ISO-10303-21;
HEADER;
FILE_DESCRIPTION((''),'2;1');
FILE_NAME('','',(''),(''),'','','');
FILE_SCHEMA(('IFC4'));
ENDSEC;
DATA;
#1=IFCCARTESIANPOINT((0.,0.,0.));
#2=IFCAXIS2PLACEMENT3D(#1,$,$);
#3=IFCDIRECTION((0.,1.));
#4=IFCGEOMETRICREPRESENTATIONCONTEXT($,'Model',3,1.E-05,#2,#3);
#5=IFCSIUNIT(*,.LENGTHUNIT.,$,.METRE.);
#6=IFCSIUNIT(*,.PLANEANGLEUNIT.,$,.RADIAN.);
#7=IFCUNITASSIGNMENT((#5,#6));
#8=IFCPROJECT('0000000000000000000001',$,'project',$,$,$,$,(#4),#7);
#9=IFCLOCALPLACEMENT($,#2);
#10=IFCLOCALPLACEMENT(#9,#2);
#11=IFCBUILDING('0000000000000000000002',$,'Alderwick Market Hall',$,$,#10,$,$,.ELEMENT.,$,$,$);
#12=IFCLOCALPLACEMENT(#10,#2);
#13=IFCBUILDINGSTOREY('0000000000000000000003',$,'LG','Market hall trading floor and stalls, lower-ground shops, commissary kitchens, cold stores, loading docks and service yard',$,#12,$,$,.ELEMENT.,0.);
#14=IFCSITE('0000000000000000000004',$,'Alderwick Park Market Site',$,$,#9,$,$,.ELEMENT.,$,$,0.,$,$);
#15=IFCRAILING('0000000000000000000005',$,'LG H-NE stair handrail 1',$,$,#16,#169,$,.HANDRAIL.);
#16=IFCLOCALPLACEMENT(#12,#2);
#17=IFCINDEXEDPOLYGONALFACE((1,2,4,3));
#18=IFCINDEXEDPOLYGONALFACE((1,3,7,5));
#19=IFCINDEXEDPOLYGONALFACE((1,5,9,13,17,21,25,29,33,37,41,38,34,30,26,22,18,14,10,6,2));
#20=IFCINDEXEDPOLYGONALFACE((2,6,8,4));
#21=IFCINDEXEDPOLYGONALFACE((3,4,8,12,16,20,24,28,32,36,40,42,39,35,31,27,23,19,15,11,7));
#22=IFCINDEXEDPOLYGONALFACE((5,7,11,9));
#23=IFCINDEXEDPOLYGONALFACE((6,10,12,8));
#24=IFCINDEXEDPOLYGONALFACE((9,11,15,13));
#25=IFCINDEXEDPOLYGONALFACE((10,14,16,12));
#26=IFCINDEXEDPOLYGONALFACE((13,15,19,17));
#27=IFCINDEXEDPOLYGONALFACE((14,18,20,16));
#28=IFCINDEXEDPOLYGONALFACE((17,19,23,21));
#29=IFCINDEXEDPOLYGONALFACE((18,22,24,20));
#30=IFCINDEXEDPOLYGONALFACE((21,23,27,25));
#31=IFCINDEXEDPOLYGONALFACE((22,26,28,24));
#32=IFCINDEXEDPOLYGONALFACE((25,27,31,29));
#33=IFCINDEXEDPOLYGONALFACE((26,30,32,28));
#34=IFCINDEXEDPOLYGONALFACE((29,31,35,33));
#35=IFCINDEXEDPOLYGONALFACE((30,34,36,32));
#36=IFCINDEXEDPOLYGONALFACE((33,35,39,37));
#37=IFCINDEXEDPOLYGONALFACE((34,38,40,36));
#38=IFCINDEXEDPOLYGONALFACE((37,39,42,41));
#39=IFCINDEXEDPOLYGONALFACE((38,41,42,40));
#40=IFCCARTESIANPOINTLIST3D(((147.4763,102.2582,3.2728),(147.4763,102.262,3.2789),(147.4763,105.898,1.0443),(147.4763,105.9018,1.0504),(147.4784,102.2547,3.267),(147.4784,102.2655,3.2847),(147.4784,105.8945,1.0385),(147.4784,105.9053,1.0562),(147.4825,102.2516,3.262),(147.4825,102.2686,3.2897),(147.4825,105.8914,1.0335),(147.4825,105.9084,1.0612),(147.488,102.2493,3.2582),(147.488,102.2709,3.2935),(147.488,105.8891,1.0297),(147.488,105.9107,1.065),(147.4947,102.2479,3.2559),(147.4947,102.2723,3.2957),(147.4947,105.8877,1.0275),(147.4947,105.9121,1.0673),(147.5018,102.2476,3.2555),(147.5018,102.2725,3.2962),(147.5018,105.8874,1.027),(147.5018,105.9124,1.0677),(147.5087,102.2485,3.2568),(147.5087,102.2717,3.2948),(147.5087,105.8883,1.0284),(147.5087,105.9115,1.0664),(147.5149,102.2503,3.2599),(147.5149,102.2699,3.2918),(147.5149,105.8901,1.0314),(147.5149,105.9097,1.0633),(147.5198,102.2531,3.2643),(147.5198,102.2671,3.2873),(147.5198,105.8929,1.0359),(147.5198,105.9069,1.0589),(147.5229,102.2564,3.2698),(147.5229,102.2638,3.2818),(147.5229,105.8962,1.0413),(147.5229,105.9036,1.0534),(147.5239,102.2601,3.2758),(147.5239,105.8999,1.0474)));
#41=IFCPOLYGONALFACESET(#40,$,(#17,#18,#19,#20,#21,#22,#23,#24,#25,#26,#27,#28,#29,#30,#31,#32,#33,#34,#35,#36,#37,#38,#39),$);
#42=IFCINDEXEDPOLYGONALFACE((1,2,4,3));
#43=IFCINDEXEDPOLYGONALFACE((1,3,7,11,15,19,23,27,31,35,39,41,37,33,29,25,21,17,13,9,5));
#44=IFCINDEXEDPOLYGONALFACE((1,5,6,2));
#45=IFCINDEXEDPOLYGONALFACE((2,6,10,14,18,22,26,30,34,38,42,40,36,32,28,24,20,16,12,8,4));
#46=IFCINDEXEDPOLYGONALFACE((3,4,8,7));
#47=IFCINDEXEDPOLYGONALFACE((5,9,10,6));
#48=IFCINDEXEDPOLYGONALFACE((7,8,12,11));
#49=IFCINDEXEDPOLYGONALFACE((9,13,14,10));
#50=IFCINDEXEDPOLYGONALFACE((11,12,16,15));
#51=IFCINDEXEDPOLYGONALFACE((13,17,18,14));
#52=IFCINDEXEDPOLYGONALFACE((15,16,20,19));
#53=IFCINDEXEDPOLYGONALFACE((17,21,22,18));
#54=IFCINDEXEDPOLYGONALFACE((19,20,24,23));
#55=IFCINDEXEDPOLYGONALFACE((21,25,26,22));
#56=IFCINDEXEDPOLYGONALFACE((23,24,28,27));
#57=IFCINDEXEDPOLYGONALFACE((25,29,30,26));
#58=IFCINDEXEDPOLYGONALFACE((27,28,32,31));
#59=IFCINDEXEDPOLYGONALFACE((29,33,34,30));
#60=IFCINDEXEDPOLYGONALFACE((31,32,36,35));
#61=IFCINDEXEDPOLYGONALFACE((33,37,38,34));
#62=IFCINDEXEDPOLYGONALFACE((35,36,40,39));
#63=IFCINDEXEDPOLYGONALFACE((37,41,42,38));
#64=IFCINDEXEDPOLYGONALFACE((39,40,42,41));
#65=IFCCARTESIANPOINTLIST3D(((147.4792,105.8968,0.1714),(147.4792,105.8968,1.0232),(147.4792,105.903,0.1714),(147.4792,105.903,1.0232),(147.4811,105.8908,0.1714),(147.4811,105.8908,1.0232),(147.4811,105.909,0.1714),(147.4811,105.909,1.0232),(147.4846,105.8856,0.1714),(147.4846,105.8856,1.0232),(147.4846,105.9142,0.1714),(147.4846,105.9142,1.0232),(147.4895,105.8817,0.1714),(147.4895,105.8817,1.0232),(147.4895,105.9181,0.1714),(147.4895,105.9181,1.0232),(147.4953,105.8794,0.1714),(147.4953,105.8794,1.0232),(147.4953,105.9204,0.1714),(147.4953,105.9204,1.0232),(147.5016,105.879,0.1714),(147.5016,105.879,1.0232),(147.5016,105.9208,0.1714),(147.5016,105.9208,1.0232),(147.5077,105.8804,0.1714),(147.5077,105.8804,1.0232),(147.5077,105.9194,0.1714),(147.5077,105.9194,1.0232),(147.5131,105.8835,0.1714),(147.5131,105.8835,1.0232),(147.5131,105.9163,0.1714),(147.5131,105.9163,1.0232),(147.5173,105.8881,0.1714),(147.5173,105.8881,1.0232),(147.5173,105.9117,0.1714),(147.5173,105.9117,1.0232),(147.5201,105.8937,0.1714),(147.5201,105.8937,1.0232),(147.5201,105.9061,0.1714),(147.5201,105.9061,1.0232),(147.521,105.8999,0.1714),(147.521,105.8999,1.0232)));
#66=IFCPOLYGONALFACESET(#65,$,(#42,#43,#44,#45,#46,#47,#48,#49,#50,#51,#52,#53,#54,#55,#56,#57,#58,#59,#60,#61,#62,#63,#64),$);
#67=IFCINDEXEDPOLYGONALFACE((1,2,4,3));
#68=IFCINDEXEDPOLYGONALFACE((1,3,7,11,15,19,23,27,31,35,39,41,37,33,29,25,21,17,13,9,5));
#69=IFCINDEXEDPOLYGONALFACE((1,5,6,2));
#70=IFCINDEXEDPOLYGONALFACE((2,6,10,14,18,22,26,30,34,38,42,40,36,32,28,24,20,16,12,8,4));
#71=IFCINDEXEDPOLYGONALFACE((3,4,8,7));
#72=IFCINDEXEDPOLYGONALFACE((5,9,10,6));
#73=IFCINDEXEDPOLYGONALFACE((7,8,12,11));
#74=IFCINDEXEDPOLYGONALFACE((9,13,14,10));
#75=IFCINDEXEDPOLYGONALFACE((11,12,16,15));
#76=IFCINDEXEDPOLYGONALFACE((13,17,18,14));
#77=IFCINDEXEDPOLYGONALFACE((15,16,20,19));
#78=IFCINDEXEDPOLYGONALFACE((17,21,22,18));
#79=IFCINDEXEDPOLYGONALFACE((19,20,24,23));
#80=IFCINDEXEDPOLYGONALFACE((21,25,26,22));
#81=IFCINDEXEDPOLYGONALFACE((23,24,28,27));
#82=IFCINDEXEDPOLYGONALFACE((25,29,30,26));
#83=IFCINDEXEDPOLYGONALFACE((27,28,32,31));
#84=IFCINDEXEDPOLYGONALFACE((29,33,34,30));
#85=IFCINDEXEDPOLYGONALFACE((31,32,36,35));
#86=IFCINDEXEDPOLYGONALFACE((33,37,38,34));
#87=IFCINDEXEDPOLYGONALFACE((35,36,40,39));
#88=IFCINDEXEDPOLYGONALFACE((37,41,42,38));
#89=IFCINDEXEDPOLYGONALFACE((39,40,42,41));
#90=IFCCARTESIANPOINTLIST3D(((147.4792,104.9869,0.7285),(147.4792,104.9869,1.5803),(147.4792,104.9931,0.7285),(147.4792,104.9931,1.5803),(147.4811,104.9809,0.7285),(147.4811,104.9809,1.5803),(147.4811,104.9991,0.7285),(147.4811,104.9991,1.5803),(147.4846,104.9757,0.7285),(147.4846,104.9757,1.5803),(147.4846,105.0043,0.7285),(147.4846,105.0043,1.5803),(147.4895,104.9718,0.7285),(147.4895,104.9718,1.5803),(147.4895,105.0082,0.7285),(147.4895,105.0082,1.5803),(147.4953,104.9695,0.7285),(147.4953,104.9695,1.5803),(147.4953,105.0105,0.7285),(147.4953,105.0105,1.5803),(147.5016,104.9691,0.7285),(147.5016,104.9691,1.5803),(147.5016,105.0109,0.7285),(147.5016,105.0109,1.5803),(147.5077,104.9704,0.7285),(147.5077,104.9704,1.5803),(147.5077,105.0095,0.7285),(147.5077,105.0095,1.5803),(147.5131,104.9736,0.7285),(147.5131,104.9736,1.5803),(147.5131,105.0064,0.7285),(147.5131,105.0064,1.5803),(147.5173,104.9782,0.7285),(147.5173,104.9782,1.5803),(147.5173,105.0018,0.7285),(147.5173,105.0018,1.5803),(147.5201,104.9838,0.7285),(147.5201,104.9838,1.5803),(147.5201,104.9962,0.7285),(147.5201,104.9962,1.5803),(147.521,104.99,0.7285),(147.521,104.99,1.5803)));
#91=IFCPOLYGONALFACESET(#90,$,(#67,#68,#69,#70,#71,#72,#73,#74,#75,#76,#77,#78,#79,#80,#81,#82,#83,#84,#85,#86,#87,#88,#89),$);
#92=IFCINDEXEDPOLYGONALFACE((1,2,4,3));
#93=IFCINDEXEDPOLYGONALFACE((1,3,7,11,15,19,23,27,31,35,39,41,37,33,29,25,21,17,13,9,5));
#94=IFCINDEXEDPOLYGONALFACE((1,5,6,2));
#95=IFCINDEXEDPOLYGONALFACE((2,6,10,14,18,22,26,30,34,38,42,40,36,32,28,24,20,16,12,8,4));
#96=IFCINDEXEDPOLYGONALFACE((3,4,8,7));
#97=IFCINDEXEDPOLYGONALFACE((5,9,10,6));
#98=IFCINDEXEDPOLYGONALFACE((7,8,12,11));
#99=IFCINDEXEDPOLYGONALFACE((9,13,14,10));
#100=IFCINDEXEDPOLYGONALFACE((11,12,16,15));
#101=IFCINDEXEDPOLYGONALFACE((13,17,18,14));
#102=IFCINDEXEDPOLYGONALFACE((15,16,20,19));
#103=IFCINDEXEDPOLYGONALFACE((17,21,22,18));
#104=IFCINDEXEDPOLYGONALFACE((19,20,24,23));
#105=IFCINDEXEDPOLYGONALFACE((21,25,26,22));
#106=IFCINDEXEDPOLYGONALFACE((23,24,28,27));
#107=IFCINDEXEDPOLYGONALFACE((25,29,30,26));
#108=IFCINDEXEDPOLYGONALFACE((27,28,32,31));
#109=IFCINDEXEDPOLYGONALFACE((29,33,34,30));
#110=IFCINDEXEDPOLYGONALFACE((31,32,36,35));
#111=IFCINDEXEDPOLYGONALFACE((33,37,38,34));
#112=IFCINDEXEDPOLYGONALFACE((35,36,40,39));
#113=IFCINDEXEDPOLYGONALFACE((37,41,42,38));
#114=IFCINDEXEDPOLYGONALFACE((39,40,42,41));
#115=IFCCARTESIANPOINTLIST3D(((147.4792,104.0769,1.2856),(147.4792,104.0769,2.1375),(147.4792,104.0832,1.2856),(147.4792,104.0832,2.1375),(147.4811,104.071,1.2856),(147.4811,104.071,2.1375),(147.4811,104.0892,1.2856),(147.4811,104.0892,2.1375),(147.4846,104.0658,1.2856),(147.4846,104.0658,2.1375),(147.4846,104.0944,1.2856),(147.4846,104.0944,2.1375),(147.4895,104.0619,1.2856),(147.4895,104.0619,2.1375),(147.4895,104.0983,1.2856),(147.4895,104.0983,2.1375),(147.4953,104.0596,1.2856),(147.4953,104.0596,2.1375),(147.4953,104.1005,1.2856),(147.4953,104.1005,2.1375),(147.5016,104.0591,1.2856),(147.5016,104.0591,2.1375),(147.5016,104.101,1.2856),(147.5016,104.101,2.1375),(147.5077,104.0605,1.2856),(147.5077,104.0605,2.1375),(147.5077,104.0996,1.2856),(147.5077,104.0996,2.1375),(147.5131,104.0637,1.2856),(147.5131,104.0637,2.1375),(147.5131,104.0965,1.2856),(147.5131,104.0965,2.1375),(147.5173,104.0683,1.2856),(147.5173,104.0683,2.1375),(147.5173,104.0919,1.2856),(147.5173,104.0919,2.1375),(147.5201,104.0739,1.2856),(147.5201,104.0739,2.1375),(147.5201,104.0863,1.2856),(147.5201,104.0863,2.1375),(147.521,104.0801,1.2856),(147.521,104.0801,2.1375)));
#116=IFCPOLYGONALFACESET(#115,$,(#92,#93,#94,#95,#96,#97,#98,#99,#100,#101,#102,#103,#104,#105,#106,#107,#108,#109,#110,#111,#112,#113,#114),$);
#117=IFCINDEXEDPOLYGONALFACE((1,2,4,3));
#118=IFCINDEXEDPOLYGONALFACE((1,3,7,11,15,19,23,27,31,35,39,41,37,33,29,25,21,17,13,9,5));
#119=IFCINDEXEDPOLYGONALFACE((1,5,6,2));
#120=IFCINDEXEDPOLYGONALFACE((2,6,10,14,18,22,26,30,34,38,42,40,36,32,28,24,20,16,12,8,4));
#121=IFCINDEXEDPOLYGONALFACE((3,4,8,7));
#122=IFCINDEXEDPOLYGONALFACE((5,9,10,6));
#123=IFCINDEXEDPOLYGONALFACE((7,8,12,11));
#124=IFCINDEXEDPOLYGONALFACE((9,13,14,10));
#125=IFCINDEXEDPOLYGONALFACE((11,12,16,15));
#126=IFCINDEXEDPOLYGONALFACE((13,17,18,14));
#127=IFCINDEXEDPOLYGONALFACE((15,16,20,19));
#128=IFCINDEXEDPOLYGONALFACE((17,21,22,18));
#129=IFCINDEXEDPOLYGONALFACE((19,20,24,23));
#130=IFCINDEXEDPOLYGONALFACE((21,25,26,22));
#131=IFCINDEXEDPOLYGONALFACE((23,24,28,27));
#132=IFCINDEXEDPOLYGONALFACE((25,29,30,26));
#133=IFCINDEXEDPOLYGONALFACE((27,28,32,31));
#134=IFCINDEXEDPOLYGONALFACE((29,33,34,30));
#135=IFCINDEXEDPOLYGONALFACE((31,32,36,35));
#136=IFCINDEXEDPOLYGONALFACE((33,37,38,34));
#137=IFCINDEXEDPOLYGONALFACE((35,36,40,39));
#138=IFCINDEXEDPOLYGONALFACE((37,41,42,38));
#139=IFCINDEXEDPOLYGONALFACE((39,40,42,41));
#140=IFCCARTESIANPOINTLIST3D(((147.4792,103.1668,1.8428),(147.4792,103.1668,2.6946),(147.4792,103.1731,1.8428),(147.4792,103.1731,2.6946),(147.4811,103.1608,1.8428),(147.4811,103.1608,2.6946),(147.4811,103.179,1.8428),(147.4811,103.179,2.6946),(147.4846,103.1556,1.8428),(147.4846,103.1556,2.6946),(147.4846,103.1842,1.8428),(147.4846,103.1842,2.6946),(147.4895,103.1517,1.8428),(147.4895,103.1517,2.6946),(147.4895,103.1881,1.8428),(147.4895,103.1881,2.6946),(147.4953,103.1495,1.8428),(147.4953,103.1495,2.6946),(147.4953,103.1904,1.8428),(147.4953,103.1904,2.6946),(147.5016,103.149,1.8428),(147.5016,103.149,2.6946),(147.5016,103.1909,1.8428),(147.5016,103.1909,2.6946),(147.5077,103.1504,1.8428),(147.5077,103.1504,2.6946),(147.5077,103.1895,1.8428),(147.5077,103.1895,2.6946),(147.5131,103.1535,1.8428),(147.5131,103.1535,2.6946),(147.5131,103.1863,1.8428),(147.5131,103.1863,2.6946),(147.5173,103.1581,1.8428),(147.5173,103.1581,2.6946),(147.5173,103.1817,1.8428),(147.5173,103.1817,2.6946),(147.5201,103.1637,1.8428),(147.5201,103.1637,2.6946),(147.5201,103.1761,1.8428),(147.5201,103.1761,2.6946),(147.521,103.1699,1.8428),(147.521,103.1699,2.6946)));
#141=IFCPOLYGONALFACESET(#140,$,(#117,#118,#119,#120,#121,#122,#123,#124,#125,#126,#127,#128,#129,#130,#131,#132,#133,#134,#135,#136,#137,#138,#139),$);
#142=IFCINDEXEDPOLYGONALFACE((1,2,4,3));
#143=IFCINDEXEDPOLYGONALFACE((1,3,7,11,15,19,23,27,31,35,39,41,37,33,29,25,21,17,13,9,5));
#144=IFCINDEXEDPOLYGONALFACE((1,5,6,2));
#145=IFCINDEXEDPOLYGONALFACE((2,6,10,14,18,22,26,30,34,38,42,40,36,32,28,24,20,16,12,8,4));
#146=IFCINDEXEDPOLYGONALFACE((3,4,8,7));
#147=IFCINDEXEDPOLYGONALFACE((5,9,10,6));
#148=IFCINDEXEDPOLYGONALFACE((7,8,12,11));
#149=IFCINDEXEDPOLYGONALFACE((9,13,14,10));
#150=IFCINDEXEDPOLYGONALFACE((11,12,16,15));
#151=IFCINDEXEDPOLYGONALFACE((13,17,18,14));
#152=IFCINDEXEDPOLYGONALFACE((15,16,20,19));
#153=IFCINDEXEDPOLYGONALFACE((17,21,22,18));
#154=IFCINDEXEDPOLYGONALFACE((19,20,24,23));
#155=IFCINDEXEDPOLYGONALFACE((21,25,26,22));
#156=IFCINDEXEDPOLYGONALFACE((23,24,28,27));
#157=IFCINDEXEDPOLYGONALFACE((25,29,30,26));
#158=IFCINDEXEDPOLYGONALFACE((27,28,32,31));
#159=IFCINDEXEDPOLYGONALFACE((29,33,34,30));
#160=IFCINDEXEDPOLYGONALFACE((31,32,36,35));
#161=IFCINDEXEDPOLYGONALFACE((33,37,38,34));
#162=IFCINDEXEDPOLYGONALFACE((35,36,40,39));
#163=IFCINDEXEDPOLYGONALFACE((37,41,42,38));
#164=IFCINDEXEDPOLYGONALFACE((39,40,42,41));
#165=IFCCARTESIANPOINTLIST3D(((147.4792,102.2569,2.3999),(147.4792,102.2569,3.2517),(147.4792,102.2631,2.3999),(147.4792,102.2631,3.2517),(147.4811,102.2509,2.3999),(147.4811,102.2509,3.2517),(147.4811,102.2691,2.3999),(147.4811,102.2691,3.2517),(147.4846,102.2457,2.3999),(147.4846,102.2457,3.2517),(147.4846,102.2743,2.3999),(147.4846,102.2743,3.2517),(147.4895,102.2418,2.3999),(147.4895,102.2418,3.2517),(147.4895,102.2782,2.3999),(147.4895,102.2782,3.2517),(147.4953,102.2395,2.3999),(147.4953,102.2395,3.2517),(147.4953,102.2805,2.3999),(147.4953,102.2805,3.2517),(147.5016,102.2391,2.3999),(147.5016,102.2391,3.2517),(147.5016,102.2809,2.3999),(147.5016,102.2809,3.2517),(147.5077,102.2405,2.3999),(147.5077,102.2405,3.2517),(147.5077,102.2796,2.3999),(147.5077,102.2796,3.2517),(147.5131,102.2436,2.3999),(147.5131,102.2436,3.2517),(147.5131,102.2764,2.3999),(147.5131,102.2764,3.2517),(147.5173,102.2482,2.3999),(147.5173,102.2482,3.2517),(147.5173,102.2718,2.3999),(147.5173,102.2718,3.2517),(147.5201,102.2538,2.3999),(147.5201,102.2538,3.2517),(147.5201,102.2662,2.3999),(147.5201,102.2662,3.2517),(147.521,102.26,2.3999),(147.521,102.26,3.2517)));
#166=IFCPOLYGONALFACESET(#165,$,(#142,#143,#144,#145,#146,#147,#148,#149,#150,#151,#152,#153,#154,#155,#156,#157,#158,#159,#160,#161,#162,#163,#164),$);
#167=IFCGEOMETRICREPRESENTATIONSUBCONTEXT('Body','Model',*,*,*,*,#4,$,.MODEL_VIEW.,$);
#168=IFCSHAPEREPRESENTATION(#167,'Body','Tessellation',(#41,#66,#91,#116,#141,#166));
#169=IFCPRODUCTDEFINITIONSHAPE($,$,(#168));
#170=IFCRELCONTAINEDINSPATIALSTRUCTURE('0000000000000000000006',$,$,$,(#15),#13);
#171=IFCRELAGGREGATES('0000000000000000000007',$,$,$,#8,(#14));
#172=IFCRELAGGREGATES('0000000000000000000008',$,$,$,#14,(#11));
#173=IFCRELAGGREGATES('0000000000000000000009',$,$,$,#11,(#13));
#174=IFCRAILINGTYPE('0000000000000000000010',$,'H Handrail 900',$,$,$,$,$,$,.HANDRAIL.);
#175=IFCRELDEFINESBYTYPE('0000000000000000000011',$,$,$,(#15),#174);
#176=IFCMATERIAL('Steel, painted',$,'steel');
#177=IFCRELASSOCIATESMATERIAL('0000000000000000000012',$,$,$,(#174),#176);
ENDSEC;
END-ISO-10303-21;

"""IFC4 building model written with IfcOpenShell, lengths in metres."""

from ifc_helpers import new_model, si_unit, direction, frame, origin, origin_2d, place, context, subcontext, project, spatial, circle, extrude, material, type_object, element, save


model = new_model("IFC4")

# Units and contexts
model_context = context("Model", 3, precision=1e-05, world=origin(), true_north=direction((0.0, 1.0)))
body_context = subcontext(model_context, "Body", "Model", "MODEL_VIEW")
ifc_project = project(units=[si_unit("LENGTHUNIT", "METRE"), si_unit("PLANEANGLEUNIT", "RADIAN")], contexts=[model_context])

# Site, building, storey
site_placement = place(None, origin())
site = spatial("IfcSite", under=ifc_project, at=site_placement, Name="Alderwick Park Market Site", CompositionType="ELEMENT", RefElevation=0.0)
building_placement = place(site_placement, origin())
building = spatial("IfcBuilding", under=site, at=building_placement, Name="Alderwick Market Hall", CompositionType="ELEMENT")
storey_placement = place(building_placement, origin())
storey = spatial("IfcBuildingStorey", under=building, at=storey_placement, Name="LG", Description="Market hall trading floor and stalls, lower-ground shops, commissary kitchens, cold stores, loading docks and service yard", CompositionType="ELEMENT", Elevation=0.0)

# Railing
ifc_material_1 = material(Name="Steel, painted", Category="steel")
railing_type_1 = type_object("IfcRailingType", Name="H Handrail 900", PredefinedType="HANDRAIL", material=ifc_material_1)
railing_1_placement = place(storey_placement, frame((147.5, 105.8999, 0.1714)))
element("IfcRailing", 1, at=railing_1_placement, inside=storey, type_object=railing_type_1, Name="LG H-NE stair handrail 1", PredefinedType="HANDRAIL", context=body_context, shape_type="SweptSolid", body=[
    extrude(circle(Radius=0.0239, at=origin_2d()), frame((0.0, 0.0, 0.876), z_axis=(0.0, -0.85285, 0.522156), x_axis=(1.0, 0.0, 0.0)), (0.0, 0.0, 1.0), 4.2678),
    extrude(circle(Radius=0.021, at=origin_2d()), origin(), (0.0, 0.0, 1.0), 0.8518),
    extrude(circle(Radius=0.021, at=origin_2d()), frame((0.0, -0.9099, 0.5571)), (0.0, 0.0, 1.0), 0.8518),
    extrude(circle(Radius=0.021, at=origin_2d()), frame((0.0, -1.8198, 1.1143)), (0.0, 0.0, 1.0), 0.8518),
    extrude(circle(Radius=0.021, at=origin_2d()), frame((0.0, -2.73, 1.6714)), (0.0, 0.0, 1.0), 0.8518),
    extrude(circle(Radius=0.021, at=origin_2d()), frame((0.0, -3.6399, 2.2285)), (0.0, 0.0, 1.0), 0.8518),
])

save(model, "model.ifc")
